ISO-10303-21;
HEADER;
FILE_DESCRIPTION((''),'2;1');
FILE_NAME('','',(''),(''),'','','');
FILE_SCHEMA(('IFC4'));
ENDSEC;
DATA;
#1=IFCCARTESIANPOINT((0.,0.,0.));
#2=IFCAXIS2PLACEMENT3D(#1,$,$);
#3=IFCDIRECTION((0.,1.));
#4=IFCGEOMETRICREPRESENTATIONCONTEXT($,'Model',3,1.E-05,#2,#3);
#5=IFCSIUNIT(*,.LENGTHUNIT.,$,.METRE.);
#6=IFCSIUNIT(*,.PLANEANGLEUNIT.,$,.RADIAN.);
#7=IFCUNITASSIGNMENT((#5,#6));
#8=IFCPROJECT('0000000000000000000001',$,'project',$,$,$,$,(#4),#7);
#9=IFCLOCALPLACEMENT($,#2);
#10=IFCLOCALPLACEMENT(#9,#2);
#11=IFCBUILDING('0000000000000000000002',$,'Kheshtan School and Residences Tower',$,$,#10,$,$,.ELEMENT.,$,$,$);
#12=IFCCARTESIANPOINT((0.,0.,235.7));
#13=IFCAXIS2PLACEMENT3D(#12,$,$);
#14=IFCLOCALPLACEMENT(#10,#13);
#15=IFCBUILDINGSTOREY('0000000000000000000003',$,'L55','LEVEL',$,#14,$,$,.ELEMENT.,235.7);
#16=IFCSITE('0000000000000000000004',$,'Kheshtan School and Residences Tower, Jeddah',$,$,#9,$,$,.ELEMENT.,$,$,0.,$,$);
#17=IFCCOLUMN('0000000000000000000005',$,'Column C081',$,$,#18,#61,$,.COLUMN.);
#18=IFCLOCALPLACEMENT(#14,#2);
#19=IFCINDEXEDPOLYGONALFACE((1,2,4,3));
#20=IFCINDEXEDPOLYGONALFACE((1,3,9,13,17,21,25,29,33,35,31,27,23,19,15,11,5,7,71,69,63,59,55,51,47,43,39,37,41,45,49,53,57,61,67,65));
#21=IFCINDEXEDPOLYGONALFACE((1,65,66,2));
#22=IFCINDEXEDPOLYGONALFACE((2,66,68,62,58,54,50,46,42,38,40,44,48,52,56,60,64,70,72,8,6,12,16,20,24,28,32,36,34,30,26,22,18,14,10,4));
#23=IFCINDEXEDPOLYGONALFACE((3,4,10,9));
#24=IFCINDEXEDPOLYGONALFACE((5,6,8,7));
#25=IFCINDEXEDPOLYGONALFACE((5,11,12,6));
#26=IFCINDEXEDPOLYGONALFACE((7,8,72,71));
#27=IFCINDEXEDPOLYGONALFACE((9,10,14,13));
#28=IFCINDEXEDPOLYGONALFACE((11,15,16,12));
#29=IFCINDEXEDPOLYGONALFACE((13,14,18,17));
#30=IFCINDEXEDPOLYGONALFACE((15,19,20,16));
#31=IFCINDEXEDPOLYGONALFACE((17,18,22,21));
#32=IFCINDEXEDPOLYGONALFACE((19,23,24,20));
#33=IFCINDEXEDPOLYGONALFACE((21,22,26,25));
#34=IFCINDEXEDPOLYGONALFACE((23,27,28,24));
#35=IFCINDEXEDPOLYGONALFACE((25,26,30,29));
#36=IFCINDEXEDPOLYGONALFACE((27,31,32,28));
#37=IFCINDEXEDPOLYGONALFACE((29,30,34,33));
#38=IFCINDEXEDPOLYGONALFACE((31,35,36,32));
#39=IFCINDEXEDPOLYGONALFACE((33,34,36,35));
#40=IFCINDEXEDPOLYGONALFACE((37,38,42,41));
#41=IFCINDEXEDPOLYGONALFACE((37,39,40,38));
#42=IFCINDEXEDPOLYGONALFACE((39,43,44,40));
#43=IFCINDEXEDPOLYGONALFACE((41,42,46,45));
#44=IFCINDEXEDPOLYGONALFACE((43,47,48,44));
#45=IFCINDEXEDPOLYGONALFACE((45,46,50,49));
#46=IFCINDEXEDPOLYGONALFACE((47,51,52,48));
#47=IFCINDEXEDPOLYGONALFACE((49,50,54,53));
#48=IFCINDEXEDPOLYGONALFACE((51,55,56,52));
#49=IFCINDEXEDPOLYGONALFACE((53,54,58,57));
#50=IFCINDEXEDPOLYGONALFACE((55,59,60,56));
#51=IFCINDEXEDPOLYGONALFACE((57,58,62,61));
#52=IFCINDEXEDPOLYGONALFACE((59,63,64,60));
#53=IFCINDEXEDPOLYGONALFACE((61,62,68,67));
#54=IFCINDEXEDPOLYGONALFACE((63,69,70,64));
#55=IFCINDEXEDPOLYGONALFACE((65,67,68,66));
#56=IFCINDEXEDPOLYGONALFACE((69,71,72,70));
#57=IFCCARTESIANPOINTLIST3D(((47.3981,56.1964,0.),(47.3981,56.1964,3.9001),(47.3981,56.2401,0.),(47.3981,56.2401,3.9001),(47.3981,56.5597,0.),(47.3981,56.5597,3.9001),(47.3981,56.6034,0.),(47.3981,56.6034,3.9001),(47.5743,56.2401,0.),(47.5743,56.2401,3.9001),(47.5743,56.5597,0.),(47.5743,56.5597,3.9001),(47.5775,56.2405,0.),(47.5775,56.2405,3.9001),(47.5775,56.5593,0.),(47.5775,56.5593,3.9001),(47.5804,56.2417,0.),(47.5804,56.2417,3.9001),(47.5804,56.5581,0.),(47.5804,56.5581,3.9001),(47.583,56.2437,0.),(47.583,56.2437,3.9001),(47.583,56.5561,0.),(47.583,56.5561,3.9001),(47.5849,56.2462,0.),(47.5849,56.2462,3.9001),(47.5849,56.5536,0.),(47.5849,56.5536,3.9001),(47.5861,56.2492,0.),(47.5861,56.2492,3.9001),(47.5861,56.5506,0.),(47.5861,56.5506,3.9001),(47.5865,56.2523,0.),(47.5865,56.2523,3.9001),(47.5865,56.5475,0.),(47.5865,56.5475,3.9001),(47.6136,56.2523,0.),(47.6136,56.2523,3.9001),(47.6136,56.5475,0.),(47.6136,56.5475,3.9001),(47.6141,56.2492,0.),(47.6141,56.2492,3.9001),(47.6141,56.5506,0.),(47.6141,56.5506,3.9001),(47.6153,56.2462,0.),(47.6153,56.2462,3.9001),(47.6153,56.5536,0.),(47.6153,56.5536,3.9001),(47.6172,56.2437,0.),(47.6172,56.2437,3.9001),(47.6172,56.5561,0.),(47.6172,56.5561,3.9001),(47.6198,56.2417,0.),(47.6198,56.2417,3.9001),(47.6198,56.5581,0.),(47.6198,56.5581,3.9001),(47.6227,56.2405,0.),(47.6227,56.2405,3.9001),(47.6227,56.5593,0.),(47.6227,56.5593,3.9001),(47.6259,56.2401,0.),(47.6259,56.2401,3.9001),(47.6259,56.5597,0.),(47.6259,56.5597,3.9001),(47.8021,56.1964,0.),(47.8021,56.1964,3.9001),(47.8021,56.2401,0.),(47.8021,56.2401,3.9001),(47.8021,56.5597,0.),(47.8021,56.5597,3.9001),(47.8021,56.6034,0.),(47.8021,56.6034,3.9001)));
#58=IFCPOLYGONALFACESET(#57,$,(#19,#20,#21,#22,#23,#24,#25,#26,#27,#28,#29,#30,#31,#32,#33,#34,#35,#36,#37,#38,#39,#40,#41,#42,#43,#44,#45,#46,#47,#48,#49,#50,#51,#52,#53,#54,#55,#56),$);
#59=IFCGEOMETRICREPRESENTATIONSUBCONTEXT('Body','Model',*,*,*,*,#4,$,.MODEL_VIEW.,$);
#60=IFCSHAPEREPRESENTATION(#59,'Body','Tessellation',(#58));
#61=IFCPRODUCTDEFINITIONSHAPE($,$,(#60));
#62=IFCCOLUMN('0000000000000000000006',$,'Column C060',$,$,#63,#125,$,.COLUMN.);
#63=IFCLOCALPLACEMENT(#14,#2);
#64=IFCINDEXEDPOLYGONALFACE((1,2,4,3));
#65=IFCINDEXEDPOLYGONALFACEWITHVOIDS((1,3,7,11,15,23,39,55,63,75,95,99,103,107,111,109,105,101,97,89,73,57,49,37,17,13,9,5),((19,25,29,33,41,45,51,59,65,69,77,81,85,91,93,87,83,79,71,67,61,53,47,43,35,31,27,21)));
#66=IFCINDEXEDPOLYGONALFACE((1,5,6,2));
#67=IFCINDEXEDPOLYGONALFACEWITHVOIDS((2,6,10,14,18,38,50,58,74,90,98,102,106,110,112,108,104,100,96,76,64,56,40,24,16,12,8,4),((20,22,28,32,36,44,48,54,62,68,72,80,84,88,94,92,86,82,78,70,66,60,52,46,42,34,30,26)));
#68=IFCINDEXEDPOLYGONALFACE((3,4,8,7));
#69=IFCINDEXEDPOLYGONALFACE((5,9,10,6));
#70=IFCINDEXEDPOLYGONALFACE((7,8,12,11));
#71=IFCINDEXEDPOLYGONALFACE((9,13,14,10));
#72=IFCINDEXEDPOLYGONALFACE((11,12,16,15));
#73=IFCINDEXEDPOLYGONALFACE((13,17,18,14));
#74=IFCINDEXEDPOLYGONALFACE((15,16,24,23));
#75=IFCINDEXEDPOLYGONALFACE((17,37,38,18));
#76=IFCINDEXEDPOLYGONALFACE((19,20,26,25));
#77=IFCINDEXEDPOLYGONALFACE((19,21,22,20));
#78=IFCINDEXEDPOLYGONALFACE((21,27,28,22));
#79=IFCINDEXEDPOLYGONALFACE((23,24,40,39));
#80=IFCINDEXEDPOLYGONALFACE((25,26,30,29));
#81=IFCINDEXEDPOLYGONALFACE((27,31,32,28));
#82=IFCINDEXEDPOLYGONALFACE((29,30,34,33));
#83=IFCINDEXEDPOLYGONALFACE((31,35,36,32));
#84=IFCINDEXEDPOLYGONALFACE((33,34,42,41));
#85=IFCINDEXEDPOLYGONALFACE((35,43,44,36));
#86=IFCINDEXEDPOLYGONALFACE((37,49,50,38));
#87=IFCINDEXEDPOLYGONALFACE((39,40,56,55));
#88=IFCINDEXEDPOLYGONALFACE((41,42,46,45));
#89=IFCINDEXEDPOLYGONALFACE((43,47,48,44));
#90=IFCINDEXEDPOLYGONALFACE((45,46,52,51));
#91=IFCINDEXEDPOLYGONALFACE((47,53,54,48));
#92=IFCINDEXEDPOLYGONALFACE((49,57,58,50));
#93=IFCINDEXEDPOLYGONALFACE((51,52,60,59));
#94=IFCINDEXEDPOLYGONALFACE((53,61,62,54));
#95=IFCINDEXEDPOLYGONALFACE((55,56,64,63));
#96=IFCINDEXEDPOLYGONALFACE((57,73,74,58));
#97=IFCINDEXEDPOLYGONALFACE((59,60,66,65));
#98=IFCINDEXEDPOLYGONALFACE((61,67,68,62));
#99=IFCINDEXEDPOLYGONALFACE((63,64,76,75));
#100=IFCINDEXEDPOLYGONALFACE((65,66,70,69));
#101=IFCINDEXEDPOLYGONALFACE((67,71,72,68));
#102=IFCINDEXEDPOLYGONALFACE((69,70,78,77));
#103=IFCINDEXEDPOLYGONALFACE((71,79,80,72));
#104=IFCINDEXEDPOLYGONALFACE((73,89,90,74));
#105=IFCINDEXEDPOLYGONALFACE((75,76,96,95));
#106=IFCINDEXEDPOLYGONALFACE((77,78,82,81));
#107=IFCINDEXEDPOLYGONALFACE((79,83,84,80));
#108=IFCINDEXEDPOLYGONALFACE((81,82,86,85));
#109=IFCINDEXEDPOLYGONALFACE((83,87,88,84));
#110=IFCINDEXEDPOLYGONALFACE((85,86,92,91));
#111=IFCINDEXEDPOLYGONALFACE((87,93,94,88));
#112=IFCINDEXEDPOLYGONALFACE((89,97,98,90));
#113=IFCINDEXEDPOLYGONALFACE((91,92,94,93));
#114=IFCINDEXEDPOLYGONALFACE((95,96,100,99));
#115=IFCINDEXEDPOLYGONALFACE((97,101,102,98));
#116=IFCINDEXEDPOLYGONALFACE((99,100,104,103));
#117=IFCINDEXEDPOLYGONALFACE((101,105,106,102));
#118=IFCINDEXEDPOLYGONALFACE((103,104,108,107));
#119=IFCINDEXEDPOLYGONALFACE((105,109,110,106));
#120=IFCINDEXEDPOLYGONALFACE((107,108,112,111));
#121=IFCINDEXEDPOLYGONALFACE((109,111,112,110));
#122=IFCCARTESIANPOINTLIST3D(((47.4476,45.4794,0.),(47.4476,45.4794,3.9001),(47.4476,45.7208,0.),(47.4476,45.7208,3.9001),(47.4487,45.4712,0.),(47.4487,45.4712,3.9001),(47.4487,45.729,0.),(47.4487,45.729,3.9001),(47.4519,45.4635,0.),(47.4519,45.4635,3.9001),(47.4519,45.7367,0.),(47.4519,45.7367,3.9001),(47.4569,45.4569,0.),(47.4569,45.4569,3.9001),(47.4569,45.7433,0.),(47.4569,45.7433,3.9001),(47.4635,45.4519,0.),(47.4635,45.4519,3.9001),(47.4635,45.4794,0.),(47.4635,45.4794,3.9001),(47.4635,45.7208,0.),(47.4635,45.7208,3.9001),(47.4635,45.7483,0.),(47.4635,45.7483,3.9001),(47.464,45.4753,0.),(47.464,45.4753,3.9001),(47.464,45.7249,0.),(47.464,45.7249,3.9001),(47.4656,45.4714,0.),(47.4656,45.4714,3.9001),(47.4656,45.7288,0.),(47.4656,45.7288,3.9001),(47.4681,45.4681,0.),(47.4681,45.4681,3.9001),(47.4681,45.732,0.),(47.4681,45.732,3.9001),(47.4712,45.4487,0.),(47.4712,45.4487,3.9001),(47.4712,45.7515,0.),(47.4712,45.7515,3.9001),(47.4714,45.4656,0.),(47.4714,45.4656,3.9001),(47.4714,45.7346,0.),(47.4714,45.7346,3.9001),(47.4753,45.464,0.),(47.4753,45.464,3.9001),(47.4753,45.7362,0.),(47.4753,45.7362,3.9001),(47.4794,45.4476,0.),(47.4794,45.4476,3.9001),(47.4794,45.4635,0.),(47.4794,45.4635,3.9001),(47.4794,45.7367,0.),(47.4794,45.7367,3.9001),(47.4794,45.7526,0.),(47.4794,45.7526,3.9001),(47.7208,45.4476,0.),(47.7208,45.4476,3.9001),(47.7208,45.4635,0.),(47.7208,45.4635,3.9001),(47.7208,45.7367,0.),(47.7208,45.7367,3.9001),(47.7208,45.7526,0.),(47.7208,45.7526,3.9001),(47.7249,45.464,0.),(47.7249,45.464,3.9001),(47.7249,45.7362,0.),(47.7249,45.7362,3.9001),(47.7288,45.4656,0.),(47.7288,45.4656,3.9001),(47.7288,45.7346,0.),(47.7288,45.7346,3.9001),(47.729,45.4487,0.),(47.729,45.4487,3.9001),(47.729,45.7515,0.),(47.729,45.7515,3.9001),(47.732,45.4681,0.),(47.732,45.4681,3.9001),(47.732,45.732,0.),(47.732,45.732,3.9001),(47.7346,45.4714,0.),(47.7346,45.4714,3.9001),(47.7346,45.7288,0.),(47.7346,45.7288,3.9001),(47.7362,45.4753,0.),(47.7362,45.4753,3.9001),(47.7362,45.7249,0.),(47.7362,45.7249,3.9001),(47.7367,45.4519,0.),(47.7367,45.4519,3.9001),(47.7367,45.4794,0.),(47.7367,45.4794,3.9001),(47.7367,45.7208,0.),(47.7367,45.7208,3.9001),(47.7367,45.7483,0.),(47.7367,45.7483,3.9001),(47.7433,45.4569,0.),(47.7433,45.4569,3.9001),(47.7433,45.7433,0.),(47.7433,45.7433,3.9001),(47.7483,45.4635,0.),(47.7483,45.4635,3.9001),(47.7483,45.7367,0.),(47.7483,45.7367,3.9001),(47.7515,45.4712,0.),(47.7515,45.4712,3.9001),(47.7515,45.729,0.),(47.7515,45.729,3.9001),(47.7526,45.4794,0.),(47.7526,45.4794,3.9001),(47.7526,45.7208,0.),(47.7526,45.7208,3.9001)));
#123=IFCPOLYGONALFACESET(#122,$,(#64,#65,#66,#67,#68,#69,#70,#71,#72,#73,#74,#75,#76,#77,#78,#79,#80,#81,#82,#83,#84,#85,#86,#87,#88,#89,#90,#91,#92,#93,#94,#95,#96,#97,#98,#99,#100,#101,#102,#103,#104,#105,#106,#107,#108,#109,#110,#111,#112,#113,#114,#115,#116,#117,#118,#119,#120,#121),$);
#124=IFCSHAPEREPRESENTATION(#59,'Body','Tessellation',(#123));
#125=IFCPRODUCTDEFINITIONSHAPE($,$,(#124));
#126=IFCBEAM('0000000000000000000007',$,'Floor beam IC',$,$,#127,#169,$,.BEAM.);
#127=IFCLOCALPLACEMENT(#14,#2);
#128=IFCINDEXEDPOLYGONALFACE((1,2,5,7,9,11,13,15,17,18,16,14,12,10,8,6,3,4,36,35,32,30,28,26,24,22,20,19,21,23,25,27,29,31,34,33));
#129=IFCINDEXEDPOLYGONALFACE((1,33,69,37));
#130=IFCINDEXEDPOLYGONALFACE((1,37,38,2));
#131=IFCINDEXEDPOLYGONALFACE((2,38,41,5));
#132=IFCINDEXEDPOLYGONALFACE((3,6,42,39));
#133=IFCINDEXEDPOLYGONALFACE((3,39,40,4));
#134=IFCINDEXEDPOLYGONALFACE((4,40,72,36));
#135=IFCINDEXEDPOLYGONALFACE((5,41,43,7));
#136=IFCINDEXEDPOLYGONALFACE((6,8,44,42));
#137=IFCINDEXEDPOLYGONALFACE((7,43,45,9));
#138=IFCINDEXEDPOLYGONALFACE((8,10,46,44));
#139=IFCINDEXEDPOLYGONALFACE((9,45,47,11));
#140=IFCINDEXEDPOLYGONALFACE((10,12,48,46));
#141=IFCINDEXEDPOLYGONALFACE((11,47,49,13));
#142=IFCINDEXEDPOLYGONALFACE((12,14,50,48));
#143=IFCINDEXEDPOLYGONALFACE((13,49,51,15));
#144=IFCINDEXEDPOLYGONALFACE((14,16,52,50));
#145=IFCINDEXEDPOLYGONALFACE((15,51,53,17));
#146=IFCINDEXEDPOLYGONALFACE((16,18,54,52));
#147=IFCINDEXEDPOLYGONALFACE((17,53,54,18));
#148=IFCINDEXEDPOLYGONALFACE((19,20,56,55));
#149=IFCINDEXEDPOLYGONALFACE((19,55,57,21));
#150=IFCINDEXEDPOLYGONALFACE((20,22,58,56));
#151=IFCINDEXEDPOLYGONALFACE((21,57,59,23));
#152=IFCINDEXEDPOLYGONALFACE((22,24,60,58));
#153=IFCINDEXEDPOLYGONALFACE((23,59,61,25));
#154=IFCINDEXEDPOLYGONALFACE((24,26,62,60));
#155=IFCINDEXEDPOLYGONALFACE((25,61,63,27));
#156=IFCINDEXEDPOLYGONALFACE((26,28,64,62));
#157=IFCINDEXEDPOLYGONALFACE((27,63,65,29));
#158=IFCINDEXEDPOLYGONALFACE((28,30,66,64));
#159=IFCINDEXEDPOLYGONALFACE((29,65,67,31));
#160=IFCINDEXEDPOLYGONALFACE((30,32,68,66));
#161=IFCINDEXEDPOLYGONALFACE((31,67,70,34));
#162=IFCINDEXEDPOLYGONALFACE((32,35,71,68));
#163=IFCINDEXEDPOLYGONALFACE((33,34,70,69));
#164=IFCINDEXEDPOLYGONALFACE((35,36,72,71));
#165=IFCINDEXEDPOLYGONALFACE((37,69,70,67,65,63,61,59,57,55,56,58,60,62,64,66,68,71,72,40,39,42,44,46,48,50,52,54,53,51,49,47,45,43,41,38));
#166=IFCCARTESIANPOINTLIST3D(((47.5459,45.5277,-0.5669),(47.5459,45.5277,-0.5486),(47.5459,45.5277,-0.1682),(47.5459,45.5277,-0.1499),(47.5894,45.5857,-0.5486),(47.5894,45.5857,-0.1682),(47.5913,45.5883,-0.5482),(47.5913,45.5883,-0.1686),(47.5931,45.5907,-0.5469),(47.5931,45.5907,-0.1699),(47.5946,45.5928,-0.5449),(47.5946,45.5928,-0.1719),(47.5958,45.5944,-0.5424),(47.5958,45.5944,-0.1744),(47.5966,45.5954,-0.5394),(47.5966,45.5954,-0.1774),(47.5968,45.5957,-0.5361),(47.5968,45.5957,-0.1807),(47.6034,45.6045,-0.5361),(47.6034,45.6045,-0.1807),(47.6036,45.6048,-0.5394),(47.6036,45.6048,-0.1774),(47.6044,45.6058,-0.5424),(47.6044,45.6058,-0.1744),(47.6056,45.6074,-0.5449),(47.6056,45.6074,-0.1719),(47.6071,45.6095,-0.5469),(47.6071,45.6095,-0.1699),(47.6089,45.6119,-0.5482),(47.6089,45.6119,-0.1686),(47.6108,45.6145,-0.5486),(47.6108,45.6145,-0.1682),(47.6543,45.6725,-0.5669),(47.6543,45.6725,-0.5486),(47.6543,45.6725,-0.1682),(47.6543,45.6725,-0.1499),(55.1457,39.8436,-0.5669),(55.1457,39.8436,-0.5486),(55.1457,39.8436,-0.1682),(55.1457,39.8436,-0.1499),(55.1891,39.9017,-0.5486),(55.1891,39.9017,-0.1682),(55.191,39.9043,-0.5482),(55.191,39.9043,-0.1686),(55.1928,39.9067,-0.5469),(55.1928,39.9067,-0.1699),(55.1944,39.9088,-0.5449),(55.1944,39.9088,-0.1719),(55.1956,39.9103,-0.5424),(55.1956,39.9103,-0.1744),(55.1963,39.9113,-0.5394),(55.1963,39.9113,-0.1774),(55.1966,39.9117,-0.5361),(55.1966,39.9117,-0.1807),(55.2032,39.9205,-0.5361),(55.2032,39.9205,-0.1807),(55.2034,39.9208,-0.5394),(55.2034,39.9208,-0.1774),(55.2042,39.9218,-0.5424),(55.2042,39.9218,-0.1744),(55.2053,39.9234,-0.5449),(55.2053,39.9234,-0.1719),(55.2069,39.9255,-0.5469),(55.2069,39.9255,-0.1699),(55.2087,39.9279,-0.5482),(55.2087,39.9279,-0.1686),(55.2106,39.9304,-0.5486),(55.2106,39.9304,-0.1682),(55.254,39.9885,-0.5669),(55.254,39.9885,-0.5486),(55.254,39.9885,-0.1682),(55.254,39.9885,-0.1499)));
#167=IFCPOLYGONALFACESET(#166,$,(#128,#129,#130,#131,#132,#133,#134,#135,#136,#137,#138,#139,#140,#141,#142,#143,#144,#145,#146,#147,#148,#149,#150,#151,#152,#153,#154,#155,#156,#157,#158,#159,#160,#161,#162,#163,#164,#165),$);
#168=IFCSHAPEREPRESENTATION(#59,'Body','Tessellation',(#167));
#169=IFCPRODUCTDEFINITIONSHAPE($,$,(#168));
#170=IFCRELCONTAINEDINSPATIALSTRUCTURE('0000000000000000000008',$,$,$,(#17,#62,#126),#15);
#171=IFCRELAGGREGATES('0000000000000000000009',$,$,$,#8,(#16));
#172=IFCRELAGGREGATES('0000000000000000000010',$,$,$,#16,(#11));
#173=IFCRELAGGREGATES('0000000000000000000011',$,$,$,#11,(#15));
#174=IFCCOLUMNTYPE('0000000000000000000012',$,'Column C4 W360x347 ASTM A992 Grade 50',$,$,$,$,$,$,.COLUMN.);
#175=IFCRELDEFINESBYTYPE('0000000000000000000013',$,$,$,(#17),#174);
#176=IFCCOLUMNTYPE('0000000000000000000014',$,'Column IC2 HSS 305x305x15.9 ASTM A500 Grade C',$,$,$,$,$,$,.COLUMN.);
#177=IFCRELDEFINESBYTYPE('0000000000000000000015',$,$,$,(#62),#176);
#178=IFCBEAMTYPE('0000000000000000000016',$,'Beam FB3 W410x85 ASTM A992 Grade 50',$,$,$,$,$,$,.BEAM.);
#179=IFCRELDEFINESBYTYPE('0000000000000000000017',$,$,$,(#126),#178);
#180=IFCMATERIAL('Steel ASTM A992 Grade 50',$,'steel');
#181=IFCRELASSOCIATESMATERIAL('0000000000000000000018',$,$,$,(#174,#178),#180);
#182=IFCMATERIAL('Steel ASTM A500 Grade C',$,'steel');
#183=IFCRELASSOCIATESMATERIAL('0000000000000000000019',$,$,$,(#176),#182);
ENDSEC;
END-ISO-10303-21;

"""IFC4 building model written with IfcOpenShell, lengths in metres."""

from ifc_helpers import new_model, si_unit, direction, frame, origin, origin_2d, place, context, subcontext, project, spatial, hollow_rectangle, i_section, extrude, material, material_profile, profile_set, type_object, element, save


model = new_model("IFC4")

# Units and contexts
model_context = context("Model", 3, precision=1e-05, world=origin(), true_north=direction((0.0, 1.0)))
body_context = subcontext(model_context, "Body", "Model", "MODEL_VIEW")
ifc_project = project(units=[si_unit("LENGTHUNIT", "METRE"), si_unit("PLANEANGLEUNIT", "RADIAN")], contexts=[model_context])

# Site, building, storey
site_placement = place(None, origin())
site = spatial("IfcSite", under=ifc_project, at=site_placement, Name="Kheshtan School and Residences Tower, Jeddah", CompositionType="ELEMENT", RefElevation=0.0)
building_placement = place(site_placement, origin())
building = spatial("IfcBuilding", under=site, at=building_placement, Name="Kheshtan School and Residences Tower", CompositionType="ELEMENT")
storey_placement = place(building_placement, frame((0.0, 0.0, 235.7)))
storey = spatial("IfcBuildingStorey", under=building, at=storey_placement, Name="L55", Description="LEVEL", CompositionType="ELEMENT", Elevation=235.7)

# Columns
ifc_material_1 = material(Name="Steel ASTM A992 Grade 50", Category="steel")
ifc_material_profile_1 = material_profile(ifc_material_1, i_section(OverallWidth=0.4041, OverallDepth=0.407, WebThickness=0.0271, FlangeThickness=0.0437, FilletRadius=0.0122, at=origin_2d()), Name="W360x347")
ifc_profile_set_1 = profile_set([ifc_material_profile_1], Name="Steel ASTM A992 Grade 50")
column_type_1 = type_object("IfcColumnType", Name="Column C4 W360x347 ASTM A992 Grade 50", PredefinedType="COLUMN", material=ifc_profile_set_1)
for number, where, z_axis, x_axis, name in (
    (1, (47.6001, 56.3999, 0.0), (0.0, 0.0, 1.0), (1.0, 0.0, 0.0), "Column C081"),
):
    element("IfcColumn", number, at=place(storey_placement, frame(where, z_axis=z_axis, x_axis=x_axis)), inside=storey, type_object=column_type_1, Name=name, PredefinedType="COLUMN", context=body_context, shape_type="SweptSolid", body=[
        extrude(i_section(OverallWidth=0.4041, OverallDepth=0.407, WebThickness=0.0271, FlangeThickness=0.0437, FilletRadius=0.0122, at=origin_2d()), origin(), (0.0, 0.0, 1.0), 3.9001),
    ])
ifc_material_2 = material(Name="Steel ASTM A500 Grade C", Category="steel")
ifc_material_profile_2 = material_profile(ifc_material_2, hollow_rectangle(XDim=0.3049, YDim=0.3049, WallThickness=0.0159, InnerFilletRadius=0.0159, OuterFilletRadius=0.0317, at=origin_2d()), Name="HSS 305x305x15.9")
ifc_profile_set_2 = profile_set([ifc_material_profile_2], Name="Steel ASTM A500 Grade C")
column_type_2 = type_object("IfcColumnType", Name="Column IC2 HSS 305x305x15.9 ASTM A500 Grade C", PredefinedType="COLUMN", material=ifc_profile_set_2)
column_placement = place(storey_placement, frame((47.6001, 45.6001, 0.0), z_axis=(0.0, 0.0, 1.0), x_axis=(1.0, 0.0, 0.0)))
element("IfcColumn", 2, at=column_placement, inside=storey, type_object=column_type_2, Name="Column C060", PredefinedType="COLUMN", context=body_context, shape_type="SweptSolid", body=[
    extrude(hollow_rectangle(XDim=0.3049, YDim=0.3049, WallThickness=0.0159, InnerFilletRadius=0.0159, OuterFilletRadius=0.0317, at=origin_2d()), origin(), (0.0, 0.0, 1.0), 3.9001),
])

# Beam
ifc_material_profile_3 = material_profile(ifc_material_1, i_section(OverallWidth=0.1809, OverallDepth=0.417, WebThickness=0.011, FlangeThickness=0.0183, FilletRadius=0.0125, at=origin_2d()), Name="W410x85")
ifc_profile_set_3 = profile_set([ifc_material_profile_3], Name="Steel ASTM A992 Grade 50")
beam_type_1 = type_object("IfcBeamType", Name="Beam FB3 W410x85 ASTM A992 Grade 50", PredefinedType="BEAM", material=ifc_profile_set_3)
beam_1_placement = place(storey_placement, frame((47.6001, 45.6001, -0.3584), z_axis=(0.800799, -0.598933, 0.0), x_axis=(0.598933, 0.800799, 0.0)))
element("IfcBeam", 3, at=beam_1_placement, inside=storey, type_object=beam_type_1, Name="Floor beam IC", PredefinedType="BEAM", context=body_context, shape_type="SweptSolid", body=[
    extrude(i_section(OverallWidth=0.1809, OverallDepth=0.417, WebThickness=0.011, FlangeThickness=0.0183, FilletRadius=0.0125, at=origin_2d()), origin(), (0.0, 0.0, 1.0), 9.4902),
])

save(model, "model.ifc")
